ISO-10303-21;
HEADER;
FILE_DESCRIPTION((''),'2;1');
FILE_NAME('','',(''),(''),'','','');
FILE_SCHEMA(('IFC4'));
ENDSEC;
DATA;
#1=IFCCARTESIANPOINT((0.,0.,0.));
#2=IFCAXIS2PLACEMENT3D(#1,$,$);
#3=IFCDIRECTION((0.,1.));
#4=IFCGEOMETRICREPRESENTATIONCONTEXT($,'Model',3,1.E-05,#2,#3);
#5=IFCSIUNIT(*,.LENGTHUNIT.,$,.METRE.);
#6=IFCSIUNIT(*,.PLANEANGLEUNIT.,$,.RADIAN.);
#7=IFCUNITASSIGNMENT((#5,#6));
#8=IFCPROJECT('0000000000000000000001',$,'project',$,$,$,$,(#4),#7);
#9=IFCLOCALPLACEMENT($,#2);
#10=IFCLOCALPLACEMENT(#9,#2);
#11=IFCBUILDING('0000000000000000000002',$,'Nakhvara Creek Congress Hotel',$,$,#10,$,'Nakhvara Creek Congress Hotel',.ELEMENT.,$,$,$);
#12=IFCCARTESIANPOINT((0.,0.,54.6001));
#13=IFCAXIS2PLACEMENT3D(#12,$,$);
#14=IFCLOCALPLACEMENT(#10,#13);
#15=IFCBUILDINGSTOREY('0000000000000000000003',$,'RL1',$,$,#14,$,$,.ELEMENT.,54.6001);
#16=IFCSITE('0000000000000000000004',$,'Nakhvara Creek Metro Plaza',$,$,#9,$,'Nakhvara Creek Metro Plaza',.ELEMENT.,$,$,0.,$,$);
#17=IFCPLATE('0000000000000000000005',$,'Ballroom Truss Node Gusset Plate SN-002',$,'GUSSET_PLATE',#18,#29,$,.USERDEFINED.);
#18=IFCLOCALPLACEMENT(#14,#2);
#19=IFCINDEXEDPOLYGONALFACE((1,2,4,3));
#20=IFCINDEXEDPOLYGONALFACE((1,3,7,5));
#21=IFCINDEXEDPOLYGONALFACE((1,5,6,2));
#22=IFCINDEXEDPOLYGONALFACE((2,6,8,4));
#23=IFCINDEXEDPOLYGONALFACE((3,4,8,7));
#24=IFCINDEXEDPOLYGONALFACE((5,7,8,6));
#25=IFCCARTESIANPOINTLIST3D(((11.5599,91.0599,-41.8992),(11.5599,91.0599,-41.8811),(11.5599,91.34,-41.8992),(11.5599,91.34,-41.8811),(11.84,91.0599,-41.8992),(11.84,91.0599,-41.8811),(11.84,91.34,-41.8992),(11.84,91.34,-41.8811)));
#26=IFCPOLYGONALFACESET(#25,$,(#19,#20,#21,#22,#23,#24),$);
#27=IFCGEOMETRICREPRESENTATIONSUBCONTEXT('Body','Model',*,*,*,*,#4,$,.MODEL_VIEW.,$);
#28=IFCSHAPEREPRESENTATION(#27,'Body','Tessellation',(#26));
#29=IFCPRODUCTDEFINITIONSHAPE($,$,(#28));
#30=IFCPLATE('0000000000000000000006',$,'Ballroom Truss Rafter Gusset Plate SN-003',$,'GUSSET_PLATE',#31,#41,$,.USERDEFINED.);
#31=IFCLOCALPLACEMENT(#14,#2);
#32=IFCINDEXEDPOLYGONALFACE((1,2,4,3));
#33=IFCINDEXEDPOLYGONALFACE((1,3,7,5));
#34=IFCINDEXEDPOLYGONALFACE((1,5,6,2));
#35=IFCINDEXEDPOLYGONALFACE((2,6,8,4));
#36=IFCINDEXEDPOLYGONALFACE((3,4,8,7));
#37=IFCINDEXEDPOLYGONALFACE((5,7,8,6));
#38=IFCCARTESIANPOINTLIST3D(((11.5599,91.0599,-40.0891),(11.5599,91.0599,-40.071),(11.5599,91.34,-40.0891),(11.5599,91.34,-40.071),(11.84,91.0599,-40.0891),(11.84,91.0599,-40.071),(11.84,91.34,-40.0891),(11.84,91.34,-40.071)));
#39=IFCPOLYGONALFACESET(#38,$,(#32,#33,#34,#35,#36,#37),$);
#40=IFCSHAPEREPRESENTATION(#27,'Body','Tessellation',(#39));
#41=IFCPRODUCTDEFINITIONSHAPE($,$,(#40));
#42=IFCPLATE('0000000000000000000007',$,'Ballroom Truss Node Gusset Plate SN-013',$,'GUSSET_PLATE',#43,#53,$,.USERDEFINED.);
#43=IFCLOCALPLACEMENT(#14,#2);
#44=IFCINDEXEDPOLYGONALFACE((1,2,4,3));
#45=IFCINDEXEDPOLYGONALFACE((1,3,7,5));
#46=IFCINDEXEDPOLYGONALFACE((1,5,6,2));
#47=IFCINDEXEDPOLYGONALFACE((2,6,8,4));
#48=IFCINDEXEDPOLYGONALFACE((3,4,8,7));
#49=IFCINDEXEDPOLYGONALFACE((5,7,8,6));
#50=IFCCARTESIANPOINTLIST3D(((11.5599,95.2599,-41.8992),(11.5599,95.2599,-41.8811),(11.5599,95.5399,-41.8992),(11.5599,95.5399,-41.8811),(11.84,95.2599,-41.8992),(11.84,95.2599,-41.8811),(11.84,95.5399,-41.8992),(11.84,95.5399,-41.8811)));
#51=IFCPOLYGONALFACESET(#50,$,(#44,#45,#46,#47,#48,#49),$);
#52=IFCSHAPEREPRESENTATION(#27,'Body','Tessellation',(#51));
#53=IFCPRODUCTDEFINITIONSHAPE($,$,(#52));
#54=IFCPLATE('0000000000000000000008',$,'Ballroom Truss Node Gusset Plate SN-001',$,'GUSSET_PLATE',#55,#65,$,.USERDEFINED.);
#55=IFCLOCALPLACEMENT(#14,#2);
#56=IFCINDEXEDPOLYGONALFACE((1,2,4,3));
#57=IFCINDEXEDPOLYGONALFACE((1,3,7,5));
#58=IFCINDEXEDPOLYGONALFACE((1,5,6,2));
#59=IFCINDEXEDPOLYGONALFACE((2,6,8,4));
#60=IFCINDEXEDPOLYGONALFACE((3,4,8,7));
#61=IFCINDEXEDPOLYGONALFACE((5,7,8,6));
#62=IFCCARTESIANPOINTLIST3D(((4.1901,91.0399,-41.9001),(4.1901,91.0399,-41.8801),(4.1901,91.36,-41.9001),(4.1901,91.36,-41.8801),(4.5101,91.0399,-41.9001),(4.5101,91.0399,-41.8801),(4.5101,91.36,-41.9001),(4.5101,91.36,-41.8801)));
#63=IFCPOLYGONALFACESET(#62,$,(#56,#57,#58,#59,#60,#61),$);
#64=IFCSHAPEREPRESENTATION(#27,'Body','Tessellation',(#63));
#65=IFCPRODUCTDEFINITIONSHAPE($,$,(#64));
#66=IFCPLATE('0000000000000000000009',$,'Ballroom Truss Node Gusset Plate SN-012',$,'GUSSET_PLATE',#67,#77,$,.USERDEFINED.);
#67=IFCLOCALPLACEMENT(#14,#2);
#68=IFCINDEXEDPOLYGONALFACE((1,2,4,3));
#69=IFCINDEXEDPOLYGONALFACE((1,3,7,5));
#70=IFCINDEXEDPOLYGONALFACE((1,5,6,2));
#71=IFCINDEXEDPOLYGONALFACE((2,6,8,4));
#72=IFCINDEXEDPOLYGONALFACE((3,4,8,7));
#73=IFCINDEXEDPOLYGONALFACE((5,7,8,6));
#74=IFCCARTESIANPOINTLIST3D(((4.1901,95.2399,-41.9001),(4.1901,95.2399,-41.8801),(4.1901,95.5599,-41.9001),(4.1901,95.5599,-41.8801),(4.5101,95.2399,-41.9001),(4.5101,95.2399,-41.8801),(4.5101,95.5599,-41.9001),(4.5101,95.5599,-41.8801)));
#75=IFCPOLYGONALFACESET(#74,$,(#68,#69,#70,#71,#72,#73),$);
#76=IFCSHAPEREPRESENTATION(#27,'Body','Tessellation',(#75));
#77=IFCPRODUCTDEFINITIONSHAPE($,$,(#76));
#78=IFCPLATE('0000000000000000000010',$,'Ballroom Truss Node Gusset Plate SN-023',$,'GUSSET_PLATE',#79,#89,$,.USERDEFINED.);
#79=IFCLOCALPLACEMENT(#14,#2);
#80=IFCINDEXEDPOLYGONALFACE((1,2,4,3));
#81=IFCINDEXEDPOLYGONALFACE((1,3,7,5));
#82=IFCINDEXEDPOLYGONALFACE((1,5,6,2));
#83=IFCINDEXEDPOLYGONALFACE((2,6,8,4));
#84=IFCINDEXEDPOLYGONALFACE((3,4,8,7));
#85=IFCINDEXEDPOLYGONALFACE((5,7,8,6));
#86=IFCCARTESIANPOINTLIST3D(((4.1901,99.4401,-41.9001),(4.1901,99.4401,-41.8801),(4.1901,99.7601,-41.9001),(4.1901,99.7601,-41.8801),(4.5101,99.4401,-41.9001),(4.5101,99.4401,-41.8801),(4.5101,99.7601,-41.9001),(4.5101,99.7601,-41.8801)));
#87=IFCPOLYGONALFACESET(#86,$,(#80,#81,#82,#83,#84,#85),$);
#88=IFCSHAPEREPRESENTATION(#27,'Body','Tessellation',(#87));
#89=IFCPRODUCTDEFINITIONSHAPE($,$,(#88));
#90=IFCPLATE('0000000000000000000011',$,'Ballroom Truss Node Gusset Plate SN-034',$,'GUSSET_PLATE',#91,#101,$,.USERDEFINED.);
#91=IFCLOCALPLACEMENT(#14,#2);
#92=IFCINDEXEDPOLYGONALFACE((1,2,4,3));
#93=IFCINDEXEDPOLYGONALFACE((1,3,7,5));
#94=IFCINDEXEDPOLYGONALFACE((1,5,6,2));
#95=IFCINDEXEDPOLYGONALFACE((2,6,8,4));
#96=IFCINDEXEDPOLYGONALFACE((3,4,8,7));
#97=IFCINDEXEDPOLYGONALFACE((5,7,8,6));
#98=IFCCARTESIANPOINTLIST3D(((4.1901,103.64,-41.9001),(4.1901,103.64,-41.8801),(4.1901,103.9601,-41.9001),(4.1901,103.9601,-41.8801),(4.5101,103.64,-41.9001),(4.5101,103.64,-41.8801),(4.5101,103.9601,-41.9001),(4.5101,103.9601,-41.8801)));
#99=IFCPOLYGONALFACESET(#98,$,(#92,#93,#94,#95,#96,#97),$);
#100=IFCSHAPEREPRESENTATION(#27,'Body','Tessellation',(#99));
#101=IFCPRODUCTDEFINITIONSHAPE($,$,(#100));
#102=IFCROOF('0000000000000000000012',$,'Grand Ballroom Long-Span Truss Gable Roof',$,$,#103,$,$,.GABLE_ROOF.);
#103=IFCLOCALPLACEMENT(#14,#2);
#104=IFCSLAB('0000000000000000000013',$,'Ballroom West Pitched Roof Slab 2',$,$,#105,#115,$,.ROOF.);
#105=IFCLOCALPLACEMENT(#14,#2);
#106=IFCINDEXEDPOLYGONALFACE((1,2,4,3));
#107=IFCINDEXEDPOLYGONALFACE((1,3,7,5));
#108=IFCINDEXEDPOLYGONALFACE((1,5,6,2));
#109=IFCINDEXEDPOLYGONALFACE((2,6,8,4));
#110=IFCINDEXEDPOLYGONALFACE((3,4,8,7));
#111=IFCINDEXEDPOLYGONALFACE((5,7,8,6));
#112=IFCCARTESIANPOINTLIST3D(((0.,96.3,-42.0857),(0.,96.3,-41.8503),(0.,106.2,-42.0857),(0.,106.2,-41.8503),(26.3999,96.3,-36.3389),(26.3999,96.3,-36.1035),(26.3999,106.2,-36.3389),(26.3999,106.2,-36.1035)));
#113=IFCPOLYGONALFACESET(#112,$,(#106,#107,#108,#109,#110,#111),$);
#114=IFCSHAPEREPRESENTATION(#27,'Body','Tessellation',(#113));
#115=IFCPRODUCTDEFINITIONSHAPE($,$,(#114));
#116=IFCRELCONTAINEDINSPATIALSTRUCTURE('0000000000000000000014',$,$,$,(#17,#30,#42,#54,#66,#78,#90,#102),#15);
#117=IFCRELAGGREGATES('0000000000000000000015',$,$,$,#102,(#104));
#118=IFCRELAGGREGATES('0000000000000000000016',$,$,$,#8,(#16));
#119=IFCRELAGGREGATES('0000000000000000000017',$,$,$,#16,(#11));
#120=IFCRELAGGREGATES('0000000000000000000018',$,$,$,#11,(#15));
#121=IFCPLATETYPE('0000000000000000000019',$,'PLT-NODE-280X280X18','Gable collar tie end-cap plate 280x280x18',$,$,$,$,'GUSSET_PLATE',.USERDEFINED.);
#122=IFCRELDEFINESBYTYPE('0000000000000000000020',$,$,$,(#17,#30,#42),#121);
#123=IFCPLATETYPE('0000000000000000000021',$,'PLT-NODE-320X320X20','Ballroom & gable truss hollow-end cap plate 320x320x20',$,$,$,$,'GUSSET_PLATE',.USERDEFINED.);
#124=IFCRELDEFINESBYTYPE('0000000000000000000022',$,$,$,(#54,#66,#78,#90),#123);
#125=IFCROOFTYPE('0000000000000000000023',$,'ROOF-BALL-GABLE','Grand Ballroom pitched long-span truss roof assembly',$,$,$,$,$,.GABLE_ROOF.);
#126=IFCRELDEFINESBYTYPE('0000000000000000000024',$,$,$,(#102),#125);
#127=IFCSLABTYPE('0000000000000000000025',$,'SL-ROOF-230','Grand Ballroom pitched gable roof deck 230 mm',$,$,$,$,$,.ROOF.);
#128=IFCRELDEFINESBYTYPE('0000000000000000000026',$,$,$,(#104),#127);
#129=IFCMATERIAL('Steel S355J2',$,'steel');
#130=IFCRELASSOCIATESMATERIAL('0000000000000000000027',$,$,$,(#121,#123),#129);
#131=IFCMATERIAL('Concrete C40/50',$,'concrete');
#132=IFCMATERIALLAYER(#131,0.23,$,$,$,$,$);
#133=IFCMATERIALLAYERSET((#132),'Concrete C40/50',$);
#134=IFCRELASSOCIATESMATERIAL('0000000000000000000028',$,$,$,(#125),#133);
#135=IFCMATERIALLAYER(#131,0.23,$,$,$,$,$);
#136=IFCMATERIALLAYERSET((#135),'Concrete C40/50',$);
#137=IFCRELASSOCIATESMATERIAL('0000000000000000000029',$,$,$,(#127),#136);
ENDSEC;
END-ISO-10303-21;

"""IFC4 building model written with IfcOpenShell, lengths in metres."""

from ifc_helpers import new_model, si_unit, direction, frame, origin, origin_2d, place, context, subcontext, project, spatial, polyline, rectangle, outline, extrude, material, layer, layer_set, type_object, element, aggregate, save


model = new_model("IFC4")

# Units and contexts
model_context = context("Model", 3, precision=1e-05, world=origin(), true_north=direction((0.0, 1.0)))
body_context = subcontext(model_context, "Body", "Model", "MODEL_VIEW")
ifc_project = project(units=[si_unit("LENGTHUNIT", "METRE"), si_unit("PLANEANGLEUNIT", "RADIAN")], contexts=[model_context])

# Site, building, storey
site_placement = place(None, origin())
site = spatial("IfcSite", under=ifc_project, at=site_placement, Name="Nakhvara Creek Metro Plaza", LongName="Nakhvara Creek Metro Plaza", CompositionType="ELEMENT", RefElevation=0.0)
building_placement = place(site_placement, origin())
building = spatial("IfcBuilding", under=site, at=building_placement, Name="Nakhvara Creek Congress Hotel", LongName="Nakhvara Creek Congress Hotel", CompositionType="ELEMENT")
storey_placement = place(building_placement, frame((0.0, 0.0, 54.6001)))
storey = spatial("IfcBuildingStorey", under=building, at=storey_placement, Name="RL1", CompositionType="ELEMENT", Elevation=54.6001)

# Shared definitions
ifc_material_1 = material(Name="Steel S355J2", Category="steel")

# Plates
plate_type_1 = type_object("IfcPlateType", Name="PLT-NODE-280X280X18", Description="Gable collar tie end-cap plate 280x280x18", ElementType="GUSSET_PLATE", PredefinedType="USERDEFINED", material=ifc_material_1)
for number, where, z_axis, x_axis, name in (
    (1, (11.7, 91.2, -41.8992), (0.0, 0.0, 1.0), (1.0, 0.0, 0.0), "Ballroom Truss Node Gusset Plate SN-002"),
    (2, (11.7, 91.2, -40.0891), (0.0, 0.0, 1.0), (1.0, 0.0, 0.0), "Ballroom Truss Rafter Gusset Plate SN-003"),
    (3, (11.7, 95.3999, -41.8992), (0.0, 0.0, 1.0), (1.0, 0.0, 0.0), "Ballroom Truss Node Gusset Plate SN-013"),
):
    element("IfcPlate", number, at=place(storey_placement, frame(where, z_axis=z_axis, x_axis=x_axis)), inside=storey, type_object=plate_type_1, Name=name, ObjectType="GUSSET_PLATE", PredefinedType="USERDEFINED", context=body_context, shape_type="SweptSolid", body=[
        extrude(rectangle(XDim=0.28, YDim=0.28, at=origin_2d()), origin(), (0.0, 0.0, 1.0), 0.0181),
    ])
plate_type_2 = type_object("IfcPlateType", Name="PLT-NODE-320X320X20", Description="Ballroom & gable truss hollow-end cap plate 320x320x20", ElementType="GUSSET_PLATE", PredefinedType="USERDEFINED", material=ifc_material_1)
for number, where, z_axis, x_axis, name in (
    (4, (4.3501, 91.2, -41.9001), (0.0, 0.0, 1.0), (1.0, 0.0, 0.0), "Ballroom Truss Node Gusset Plate SN-001"),
    (5, (4.3501, 95.3999, -41.9001), (0.0, 0.0, 1.0), (1.0, 0.0, 0.0), "Ballroom Truss Node Gusset Plate SN-012"),
    (6, (4.3501, 99.6001, -41.9001), (0.0, 0.0, 1.0), (1.0, 0.0, 0.0), "Ballroom Truss Node Gusset Plate SN-023"),
    (7, (4.3501, 103.8, -41.9001), (0.0, 0.0, 1.0), (1.0, 0.0, 0.0), "Ballroom Truss Node Gusset Plate SN-034"),
):
    element("IfcPlate", number, at=place(storey_placement, frame(where, z_axis=z_axis, x_axis=x_axis)), inside=storey, type_object=plate_type_2, Name=name, ObjectType="GUSSET_PLATE", PredefinedType="USERDEFINED", context=body_context, shape_type="SweptSolid", body=[
        extrude(rectangle(XDim=0.3201, YDim=0.3201, at=origin_2d()), origin(), (0.0, 0.0, 1.0), 0.02),
    ])

# Roof, slab
ifc_material_2 = material(Name="Concrete C40/50", Category="concrete")
ifc_layer_1 = layer(ifc_material_2, 0.23)
ifc_layer_set_1 = layer_set([ifc_layer_1], Name="Concrete C40/50")
roof_type = type_object("IfcRoofType", Name="ROOF-BALL-GABLE", Description="Grand Ballroom pitched long-span truss roof assembly", PredefinedType="GABLE_ROOF", material=ifc_layer_set_1)
roof_placement = place(storey_placement, origin())
roof = element("IfcRoof", 8, at=roof_placement, inside=storey, type_object=roof_type, Name="Grand Ballroom Long-Span Truss Gable Roof", PredefinedType="GABLE_ROOF")
ifc_layer_2 = layer(ifc_material_2, 0.23)
ifc_layer_set_2 = layer_set([ifc_layer_2], Name="Concrete C40/50")
slab_type = type_object("IfcSlabType", Name="SL-ROOF-230", Description="Grand Ballroom pitched gable roof deck 230 mm", PredefinedType="ROOF", material=ifc_layer_set_2)
slab_placement = place(storey_placement, frame((0.0, 96.3, -41.8503), z_axis=(0.0, 0.0, 1.0), x_axis=(1.0, 0.0, 0.0)))
slab = element("IfcSlab", 9, at=slab_placement, type_object=slab_type, Name="Ballroom West Pitched Roof Slab 2", PredefinedType="ROOF", context=body_context, shape_type="SweptSolid", body=[
    extrude(outline(polyline([(0.0, 0.0), (26.3999, 5.7468), (26.3999, 5.5115), (0.0, -0.2354), (0.0, 0.0)])), frame((0.0, 9.8999, 0.0), z_axis=(0.0, -1.0, 0.0), x_axis=(1.0, 0.0, 0.0)), (0.0, 0.0, 1.0), 9.8999),
])
aggregate(roof, [slab])

save(model, "model.ifc")
